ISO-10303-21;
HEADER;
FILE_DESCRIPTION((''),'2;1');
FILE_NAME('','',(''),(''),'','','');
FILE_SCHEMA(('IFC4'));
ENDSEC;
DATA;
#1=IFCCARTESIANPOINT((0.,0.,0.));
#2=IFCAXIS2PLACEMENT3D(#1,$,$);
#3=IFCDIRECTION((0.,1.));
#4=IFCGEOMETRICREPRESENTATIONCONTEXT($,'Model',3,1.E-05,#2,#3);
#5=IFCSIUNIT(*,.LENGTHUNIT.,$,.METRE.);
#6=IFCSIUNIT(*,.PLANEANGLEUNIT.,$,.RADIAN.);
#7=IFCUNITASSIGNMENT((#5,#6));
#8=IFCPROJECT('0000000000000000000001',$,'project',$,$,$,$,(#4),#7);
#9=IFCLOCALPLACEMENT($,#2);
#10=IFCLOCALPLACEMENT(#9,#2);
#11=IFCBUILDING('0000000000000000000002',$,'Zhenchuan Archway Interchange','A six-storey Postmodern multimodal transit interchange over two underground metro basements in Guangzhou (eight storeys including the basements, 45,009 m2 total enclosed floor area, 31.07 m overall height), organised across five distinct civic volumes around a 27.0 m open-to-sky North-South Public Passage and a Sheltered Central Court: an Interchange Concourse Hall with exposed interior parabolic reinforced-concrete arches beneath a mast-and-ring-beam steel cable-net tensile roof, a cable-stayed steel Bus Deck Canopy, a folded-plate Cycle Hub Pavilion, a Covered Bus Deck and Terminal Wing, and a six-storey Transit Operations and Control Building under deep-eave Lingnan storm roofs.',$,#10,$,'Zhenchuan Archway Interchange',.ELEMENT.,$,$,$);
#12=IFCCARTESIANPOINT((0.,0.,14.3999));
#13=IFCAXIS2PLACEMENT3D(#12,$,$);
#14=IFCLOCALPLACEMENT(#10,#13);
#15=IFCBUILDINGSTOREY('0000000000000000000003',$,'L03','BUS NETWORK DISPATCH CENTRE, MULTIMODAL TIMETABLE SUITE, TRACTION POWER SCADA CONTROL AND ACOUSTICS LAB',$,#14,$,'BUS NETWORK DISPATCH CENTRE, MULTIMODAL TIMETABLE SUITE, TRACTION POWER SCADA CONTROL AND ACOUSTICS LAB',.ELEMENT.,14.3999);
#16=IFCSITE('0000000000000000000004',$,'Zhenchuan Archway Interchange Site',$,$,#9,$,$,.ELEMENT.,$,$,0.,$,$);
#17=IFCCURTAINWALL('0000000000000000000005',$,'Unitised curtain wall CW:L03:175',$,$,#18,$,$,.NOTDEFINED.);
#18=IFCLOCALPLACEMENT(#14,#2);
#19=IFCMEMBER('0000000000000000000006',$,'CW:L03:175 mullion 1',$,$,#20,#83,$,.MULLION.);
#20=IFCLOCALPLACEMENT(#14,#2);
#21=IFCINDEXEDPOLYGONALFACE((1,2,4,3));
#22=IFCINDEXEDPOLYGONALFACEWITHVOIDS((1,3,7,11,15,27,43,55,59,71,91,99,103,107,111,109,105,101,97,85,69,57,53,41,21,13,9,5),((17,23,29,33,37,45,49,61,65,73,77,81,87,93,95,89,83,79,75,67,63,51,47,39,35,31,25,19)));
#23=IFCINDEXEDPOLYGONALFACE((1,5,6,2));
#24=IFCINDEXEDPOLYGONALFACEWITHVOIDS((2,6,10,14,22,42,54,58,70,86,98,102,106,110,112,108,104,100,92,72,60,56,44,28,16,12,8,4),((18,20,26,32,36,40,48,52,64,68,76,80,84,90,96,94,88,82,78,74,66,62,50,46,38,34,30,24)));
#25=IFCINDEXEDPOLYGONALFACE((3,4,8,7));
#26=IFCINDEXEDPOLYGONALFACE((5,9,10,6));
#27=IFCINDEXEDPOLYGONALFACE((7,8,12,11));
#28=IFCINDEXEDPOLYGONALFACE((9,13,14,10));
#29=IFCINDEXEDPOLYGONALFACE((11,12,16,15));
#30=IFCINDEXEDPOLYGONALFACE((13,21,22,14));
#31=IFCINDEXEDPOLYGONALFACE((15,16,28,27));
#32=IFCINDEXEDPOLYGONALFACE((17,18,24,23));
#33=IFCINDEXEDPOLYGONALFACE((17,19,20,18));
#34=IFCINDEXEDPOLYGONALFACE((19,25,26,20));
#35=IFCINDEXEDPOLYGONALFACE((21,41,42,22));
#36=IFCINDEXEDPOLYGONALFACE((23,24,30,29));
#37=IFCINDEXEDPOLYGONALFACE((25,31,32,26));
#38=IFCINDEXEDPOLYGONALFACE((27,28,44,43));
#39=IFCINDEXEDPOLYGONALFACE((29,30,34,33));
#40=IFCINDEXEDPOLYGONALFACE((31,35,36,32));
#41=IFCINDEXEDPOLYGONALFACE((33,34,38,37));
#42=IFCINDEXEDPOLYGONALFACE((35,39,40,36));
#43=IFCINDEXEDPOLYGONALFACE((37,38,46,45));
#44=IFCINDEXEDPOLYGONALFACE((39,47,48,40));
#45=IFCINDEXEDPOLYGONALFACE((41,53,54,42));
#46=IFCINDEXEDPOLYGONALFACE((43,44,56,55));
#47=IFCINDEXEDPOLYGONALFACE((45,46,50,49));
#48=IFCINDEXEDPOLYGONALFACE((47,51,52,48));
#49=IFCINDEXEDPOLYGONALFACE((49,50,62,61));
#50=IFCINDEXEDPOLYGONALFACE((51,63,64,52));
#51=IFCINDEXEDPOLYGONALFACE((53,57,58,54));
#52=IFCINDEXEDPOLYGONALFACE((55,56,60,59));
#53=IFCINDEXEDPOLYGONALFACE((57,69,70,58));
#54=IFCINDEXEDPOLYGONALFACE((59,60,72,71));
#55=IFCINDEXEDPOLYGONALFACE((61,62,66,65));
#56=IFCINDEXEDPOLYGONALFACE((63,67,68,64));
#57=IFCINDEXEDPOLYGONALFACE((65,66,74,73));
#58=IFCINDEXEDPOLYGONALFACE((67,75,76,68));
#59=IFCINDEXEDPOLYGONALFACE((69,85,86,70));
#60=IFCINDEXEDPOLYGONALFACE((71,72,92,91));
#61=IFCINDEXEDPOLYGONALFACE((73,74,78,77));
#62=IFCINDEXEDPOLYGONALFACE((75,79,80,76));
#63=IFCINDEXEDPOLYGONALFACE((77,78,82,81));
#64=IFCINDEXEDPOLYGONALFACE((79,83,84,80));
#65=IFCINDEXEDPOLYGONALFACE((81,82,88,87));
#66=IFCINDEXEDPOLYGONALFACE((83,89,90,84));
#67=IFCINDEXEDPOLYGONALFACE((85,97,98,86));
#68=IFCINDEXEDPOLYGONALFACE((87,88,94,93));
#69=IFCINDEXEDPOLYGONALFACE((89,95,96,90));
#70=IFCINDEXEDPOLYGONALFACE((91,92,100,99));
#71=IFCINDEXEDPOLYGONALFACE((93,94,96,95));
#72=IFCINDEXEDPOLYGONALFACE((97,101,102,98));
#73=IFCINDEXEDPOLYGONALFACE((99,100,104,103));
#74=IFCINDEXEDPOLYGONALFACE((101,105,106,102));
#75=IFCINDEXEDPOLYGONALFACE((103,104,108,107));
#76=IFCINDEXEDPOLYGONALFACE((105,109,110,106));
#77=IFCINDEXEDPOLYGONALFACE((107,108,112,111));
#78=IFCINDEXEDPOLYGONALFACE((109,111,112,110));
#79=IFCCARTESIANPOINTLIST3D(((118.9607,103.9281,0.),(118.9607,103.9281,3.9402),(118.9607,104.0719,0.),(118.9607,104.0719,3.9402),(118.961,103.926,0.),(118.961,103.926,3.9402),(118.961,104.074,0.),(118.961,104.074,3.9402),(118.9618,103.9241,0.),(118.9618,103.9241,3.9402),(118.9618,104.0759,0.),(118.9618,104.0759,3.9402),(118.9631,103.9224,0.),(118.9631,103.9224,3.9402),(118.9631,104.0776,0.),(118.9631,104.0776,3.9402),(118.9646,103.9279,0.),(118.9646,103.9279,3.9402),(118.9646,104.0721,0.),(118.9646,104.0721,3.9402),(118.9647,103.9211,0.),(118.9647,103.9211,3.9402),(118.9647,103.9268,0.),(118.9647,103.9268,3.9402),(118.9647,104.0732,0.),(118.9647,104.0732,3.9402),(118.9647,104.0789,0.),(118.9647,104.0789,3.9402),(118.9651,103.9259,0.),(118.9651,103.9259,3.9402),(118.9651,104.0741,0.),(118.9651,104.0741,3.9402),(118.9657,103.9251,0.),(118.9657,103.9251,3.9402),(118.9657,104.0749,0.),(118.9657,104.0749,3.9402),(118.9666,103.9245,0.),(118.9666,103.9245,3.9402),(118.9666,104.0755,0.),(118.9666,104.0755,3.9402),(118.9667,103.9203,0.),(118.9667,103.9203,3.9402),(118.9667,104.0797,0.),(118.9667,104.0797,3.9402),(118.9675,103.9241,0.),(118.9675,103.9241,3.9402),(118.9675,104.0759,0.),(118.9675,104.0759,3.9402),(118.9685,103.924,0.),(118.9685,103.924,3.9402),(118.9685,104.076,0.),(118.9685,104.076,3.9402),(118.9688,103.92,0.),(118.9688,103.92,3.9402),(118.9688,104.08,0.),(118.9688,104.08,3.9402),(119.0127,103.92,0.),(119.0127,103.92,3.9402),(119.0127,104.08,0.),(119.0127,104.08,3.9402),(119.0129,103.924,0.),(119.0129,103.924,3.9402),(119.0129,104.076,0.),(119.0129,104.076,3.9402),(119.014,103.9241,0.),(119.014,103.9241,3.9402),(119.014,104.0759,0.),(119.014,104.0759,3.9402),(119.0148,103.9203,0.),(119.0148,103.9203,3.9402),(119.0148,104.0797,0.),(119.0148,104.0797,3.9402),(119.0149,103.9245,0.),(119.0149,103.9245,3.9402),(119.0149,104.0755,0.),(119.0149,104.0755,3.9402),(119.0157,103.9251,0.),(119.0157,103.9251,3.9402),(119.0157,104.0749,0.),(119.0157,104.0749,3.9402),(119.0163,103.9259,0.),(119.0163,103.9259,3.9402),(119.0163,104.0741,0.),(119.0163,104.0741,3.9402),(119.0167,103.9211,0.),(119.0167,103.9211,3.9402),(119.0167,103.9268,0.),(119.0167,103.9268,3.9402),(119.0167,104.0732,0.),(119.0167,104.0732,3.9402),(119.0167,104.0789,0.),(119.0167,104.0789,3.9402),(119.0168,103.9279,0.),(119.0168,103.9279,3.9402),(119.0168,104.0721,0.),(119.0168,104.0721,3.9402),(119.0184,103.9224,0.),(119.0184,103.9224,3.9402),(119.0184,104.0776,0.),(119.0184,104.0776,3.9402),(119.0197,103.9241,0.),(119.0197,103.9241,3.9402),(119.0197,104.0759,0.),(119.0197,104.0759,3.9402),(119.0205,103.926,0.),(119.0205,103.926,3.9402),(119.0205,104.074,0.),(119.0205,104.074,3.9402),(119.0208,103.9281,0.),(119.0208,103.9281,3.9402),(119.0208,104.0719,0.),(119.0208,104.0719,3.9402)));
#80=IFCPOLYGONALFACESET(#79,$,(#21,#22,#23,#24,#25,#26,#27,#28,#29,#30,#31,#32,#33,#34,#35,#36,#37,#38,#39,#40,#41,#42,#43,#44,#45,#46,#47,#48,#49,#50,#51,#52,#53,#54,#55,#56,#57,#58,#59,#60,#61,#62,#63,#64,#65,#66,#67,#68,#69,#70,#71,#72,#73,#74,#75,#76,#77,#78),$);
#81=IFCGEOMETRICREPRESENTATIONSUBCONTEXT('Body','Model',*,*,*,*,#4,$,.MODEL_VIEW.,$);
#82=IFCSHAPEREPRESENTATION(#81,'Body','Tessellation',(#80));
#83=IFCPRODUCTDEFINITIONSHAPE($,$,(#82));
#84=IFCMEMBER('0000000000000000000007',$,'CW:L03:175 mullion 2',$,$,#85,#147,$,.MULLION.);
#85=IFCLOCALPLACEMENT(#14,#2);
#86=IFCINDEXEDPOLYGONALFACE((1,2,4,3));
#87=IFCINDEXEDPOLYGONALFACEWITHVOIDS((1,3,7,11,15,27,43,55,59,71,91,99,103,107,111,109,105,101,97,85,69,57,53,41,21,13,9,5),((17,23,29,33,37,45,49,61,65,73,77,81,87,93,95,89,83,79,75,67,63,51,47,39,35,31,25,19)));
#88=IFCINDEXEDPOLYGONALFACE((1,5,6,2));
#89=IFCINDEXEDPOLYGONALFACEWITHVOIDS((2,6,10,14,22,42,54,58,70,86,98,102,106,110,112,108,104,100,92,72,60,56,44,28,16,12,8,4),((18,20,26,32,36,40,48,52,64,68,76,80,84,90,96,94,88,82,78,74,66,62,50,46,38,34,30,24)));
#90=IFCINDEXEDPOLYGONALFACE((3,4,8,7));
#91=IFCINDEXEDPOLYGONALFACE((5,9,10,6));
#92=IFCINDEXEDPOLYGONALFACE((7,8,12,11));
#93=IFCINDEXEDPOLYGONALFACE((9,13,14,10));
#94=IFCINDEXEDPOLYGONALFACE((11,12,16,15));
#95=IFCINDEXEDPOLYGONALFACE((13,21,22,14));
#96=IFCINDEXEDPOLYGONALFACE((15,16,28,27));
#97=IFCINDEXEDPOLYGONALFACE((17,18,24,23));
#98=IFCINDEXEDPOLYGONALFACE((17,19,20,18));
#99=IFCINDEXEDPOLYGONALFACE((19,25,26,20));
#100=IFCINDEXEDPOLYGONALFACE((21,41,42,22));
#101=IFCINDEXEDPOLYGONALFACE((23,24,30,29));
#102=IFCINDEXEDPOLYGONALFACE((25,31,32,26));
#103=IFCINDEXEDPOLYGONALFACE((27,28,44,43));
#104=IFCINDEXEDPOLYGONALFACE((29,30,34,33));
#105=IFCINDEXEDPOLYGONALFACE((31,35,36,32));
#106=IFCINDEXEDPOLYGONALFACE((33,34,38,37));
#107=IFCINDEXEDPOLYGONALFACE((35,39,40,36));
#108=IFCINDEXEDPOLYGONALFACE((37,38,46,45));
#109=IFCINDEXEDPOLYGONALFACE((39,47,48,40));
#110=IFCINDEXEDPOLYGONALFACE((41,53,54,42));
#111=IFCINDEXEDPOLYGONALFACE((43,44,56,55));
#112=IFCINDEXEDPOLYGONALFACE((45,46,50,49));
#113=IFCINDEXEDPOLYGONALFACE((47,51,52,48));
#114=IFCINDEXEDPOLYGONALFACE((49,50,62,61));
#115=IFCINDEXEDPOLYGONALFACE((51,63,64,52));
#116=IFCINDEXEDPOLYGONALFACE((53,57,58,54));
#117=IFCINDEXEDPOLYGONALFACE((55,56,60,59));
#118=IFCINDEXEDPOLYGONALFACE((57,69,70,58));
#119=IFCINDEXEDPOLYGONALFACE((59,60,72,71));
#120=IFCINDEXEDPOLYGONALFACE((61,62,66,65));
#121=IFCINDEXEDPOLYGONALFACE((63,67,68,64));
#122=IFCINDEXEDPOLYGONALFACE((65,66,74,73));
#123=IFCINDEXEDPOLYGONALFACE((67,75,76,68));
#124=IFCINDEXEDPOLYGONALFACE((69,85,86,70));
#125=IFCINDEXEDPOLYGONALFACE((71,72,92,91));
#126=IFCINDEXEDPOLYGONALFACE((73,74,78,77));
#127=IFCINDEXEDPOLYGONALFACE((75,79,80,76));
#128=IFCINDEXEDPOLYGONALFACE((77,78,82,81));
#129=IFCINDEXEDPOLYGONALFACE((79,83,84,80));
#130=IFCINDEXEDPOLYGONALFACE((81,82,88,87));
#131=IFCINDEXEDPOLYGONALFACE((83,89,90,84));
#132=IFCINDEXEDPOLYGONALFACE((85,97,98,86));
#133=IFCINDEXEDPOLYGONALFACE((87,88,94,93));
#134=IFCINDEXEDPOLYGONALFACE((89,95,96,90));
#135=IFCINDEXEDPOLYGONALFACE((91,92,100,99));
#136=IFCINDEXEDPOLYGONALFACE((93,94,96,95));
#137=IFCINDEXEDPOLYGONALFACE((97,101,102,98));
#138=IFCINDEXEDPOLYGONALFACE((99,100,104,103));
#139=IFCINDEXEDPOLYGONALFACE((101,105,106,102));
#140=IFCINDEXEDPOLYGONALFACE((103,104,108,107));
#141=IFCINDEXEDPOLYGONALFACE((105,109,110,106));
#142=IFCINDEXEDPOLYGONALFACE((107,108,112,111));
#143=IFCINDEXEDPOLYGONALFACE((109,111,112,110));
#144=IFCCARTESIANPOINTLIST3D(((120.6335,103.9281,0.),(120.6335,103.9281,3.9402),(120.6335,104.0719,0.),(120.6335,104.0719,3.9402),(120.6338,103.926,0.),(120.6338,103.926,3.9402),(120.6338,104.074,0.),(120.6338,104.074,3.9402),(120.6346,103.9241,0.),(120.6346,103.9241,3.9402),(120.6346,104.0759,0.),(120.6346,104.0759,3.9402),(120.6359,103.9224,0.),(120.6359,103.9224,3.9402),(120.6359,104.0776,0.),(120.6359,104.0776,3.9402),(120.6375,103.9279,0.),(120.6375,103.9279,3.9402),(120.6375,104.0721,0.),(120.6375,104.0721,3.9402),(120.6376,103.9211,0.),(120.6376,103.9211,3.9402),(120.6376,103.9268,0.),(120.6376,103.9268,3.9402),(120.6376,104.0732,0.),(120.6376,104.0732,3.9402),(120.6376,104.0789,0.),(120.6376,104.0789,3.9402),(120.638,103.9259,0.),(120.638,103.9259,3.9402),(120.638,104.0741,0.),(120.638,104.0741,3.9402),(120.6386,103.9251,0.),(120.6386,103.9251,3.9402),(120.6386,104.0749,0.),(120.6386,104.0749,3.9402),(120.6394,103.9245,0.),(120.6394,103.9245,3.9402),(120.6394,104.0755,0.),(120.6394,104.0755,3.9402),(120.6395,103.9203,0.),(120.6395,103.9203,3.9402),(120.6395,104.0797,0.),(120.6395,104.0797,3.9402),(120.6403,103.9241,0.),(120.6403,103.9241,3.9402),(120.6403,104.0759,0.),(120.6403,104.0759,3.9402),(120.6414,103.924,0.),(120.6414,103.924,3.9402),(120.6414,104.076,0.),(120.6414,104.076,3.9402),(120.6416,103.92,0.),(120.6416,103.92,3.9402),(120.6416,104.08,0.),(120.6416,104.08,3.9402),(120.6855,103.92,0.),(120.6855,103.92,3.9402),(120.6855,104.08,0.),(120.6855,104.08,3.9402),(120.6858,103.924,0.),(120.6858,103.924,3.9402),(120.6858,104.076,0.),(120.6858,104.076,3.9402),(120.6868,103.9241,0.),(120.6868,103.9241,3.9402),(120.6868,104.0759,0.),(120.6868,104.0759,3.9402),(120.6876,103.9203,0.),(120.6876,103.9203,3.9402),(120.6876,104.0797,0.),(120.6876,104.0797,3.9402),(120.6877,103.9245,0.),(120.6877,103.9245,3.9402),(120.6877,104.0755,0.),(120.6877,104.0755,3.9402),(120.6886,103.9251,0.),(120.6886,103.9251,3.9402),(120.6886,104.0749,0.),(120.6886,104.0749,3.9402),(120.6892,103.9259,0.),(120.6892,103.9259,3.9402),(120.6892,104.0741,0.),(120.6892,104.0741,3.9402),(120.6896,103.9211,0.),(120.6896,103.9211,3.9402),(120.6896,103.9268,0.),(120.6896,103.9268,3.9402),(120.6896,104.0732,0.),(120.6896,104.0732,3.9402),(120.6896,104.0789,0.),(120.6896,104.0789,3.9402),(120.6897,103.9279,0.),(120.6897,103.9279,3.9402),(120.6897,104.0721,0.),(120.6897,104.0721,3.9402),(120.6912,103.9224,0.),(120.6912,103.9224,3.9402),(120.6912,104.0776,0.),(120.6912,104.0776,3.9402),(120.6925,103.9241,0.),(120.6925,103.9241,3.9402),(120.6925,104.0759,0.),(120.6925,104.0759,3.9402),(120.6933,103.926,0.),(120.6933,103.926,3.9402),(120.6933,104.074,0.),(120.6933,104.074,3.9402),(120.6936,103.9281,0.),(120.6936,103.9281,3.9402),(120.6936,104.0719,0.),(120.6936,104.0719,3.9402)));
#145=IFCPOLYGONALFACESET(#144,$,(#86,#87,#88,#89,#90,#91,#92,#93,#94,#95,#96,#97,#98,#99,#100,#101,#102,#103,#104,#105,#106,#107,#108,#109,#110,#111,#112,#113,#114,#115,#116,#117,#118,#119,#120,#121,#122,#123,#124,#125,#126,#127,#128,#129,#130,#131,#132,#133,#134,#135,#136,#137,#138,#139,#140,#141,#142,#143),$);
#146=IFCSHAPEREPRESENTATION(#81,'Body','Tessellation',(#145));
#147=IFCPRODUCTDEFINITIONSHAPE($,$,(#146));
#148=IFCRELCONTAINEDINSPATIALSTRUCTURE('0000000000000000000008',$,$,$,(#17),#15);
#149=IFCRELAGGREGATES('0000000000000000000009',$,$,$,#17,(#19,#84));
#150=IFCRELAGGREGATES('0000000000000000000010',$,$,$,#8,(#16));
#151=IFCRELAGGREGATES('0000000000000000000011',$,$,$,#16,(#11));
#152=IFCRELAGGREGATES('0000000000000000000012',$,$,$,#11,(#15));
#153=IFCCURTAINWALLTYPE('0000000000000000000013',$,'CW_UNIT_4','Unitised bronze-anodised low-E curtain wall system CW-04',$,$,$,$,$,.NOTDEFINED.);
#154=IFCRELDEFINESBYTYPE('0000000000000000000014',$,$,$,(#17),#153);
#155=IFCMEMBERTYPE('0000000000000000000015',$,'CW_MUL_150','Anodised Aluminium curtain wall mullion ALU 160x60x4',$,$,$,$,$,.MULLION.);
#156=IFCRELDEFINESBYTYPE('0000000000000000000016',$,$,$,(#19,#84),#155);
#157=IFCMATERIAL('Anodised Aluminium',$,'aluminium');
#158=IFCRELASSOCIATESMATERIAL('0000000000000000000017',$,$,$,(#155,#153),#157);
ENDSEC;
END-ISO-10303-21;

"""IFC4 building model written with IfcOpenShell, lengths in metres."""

from ifc_helpers import new_model, si_unit, direction, frame, origin, origin_2d, place, context, subcontext, project, spatial, hollow_rectangle, extrude, material, material_profile, profile_set, type_object, element, aggregate, save


model = new_model("IFC4")

# Units and contexts
model_context = context("Model", 3, precision=1e-05, world=origin(), true_north=direction((0.0, 1.0)))
body_context = subcontext(model_context, "Body", "Model", "MODEL_VIEW")
ifc_project = project(units=[si_unit("LENGTHUNIT", "METRE"), si_unit("PLANEANGLEUNIT", "RADIAN")], contexts=[model_context])

# Site, building, storey
site_placement = place(None, origin())
site = spatial("IfcSite", under=ifc_project, at=site_placement, Name="Zhenchuan Archway Interchange Site", CompositionType="ELEMENT", RefElevation=0.0)
building_placement = place(site_placement, origin())
building = spatial("IfcBuilding", under=site, at=building_placement, Name="Zhenchuan Archway Interchange", Description="A six-storey Postmodern multimodal transit interchange over two underground metro basements in Guangzhou (eight storeys including the basements, 45,009 m2 total enclosed floor area, 31.07 m overall height), organised across five distinct civic volumes around a 27.0 m open-to-sky North-South Public Passage and a Sheltered Central Court: an Interchange Concourse Hall with exposed interior parabolic reinforced-concrete arches beneath a mast-and-ring-beam steel cable-net tensile roof, a cable-stayed steel Bus Deck Canopy, a folded-plate Cycle Hub Pavilion, a Covered Bus Deck and Terminal Wing, and a six-storey Transit Operations and Control Building under deep-eave Lingnan storm roofs.", LongName="Zhenchuan Archway Interchange", CompositionType="ELEMENT")
storey_placement = place(building_placement, frame((0.0, 0.0, 14.3999)))
storey = spatial("IfcBuildingStorey", under=building, at=storey_placement, Name="L03", Description="BUS NETWORK DISPATCH CENTRE, MULTIMODAL TIMETABLE SUITE, TRACTION POWER SCADA CONTROL AND ACOUSTICS LAB", LongName="BUS NETWORK DISPATCH CENTRE, MULTIMODAL TIMETABLE SUITE, TRACTION POWER SCADA CONTROL AND ACOUSTICS LAB", CompositionType="ELEMENT", Elevation=14.3999)

# Shared definitions
ifc_material_1 = material(Name="Anodised Aluminium", Category="aluminium")
ifc_material_profile_1 = material_profile(ifc_material_1, hollow_rectangle(XDim=0.0601, YDim=0.1599, WallThickness=0.0039, InnerFilletRadius=0.0039, OuterFilletRadius=0.0081, at=origin_2d()), Name="ALU 160x60x4")
ifc_profile_set_1 = profile_set([ifc_material_profile_1], Name="Anodised Aluminium")
member_type_1 = type_object("IfcMemberType", Name="CW_MUL_150", Description="Anodised Aluminium curtain wall mullion ALU 160x60x4", PredefinedType="MULLION", material=ifc_profile_set_1)

# Curtain wall, members
curtain_wall_type_1 = type_object("IfcCurtainWallType", Name="CW_UNIT_4", Description="Unitised bronze-anodised low-E curtain wall system CW-04", PredefinedType="NOTDEFINED", material=ifc_material_1)
curtain_wall_1_placement = place(storey_placement, origin())
curtain_wall_1 = element("IfcCurtainWall", 1, at=curtain_wall_1_placement, inside=storey, type_object=curtain_wall_type_1, Name="Unitised curtain wall CW:L03:175", PredefinedType="NOTDEFINED")
member_1_placement = place(storey_placement, frame((118.9907, 104.0, 0.0), z_axis=(0.0, 0.0, 1.0), x_axis=(1.0, 0.0, 0.0)))
member_1 = element("IfcMember", 2, at=member_1_placement, type_object=member_type_1, Name="CW:L03:175 mullion 1", PredefinedType="MULLION", context=body_context, shape_type="SweptSolid", body=[
    extrude(hollow_rectangle(XDim=0.0601, YDim=0.1599, WallThickness=0.0039, InnerFilletRadius=0.0039, OuterFilletRadius=0.0081, at=origin_2d()), origin(), (0.0, 0.0, 1.0), 3.9402),
])
member_2_placement = place(storey_placement, frame((120.6636, 104.0, 0.0), z_axis=(0.0, 0.0, 1.0), x_axis=(1.0, 0.0, 0.0)))
member_2 = element("IfcMember", 3, at=member_2_placement, type_object=member_type_1, Name="CW:L03:175 mullion 2", PredefinedType="MULLION", context=body_context, shape_type="SweptSolid", body=[
    extrude(hollow_rectangle(XDim=0.0601, YDim=0.1599, WallThickness=0.0039, InnerFilletRadius=0.0039, OuterFilletRadius=0.0081, at=origin_2d()), origin(), (0.0, 0.0, 1.0), 3.9402),
])

aggregate(curtain_wall_1, [member_1, member_2])

save(model, "model.ifc")
